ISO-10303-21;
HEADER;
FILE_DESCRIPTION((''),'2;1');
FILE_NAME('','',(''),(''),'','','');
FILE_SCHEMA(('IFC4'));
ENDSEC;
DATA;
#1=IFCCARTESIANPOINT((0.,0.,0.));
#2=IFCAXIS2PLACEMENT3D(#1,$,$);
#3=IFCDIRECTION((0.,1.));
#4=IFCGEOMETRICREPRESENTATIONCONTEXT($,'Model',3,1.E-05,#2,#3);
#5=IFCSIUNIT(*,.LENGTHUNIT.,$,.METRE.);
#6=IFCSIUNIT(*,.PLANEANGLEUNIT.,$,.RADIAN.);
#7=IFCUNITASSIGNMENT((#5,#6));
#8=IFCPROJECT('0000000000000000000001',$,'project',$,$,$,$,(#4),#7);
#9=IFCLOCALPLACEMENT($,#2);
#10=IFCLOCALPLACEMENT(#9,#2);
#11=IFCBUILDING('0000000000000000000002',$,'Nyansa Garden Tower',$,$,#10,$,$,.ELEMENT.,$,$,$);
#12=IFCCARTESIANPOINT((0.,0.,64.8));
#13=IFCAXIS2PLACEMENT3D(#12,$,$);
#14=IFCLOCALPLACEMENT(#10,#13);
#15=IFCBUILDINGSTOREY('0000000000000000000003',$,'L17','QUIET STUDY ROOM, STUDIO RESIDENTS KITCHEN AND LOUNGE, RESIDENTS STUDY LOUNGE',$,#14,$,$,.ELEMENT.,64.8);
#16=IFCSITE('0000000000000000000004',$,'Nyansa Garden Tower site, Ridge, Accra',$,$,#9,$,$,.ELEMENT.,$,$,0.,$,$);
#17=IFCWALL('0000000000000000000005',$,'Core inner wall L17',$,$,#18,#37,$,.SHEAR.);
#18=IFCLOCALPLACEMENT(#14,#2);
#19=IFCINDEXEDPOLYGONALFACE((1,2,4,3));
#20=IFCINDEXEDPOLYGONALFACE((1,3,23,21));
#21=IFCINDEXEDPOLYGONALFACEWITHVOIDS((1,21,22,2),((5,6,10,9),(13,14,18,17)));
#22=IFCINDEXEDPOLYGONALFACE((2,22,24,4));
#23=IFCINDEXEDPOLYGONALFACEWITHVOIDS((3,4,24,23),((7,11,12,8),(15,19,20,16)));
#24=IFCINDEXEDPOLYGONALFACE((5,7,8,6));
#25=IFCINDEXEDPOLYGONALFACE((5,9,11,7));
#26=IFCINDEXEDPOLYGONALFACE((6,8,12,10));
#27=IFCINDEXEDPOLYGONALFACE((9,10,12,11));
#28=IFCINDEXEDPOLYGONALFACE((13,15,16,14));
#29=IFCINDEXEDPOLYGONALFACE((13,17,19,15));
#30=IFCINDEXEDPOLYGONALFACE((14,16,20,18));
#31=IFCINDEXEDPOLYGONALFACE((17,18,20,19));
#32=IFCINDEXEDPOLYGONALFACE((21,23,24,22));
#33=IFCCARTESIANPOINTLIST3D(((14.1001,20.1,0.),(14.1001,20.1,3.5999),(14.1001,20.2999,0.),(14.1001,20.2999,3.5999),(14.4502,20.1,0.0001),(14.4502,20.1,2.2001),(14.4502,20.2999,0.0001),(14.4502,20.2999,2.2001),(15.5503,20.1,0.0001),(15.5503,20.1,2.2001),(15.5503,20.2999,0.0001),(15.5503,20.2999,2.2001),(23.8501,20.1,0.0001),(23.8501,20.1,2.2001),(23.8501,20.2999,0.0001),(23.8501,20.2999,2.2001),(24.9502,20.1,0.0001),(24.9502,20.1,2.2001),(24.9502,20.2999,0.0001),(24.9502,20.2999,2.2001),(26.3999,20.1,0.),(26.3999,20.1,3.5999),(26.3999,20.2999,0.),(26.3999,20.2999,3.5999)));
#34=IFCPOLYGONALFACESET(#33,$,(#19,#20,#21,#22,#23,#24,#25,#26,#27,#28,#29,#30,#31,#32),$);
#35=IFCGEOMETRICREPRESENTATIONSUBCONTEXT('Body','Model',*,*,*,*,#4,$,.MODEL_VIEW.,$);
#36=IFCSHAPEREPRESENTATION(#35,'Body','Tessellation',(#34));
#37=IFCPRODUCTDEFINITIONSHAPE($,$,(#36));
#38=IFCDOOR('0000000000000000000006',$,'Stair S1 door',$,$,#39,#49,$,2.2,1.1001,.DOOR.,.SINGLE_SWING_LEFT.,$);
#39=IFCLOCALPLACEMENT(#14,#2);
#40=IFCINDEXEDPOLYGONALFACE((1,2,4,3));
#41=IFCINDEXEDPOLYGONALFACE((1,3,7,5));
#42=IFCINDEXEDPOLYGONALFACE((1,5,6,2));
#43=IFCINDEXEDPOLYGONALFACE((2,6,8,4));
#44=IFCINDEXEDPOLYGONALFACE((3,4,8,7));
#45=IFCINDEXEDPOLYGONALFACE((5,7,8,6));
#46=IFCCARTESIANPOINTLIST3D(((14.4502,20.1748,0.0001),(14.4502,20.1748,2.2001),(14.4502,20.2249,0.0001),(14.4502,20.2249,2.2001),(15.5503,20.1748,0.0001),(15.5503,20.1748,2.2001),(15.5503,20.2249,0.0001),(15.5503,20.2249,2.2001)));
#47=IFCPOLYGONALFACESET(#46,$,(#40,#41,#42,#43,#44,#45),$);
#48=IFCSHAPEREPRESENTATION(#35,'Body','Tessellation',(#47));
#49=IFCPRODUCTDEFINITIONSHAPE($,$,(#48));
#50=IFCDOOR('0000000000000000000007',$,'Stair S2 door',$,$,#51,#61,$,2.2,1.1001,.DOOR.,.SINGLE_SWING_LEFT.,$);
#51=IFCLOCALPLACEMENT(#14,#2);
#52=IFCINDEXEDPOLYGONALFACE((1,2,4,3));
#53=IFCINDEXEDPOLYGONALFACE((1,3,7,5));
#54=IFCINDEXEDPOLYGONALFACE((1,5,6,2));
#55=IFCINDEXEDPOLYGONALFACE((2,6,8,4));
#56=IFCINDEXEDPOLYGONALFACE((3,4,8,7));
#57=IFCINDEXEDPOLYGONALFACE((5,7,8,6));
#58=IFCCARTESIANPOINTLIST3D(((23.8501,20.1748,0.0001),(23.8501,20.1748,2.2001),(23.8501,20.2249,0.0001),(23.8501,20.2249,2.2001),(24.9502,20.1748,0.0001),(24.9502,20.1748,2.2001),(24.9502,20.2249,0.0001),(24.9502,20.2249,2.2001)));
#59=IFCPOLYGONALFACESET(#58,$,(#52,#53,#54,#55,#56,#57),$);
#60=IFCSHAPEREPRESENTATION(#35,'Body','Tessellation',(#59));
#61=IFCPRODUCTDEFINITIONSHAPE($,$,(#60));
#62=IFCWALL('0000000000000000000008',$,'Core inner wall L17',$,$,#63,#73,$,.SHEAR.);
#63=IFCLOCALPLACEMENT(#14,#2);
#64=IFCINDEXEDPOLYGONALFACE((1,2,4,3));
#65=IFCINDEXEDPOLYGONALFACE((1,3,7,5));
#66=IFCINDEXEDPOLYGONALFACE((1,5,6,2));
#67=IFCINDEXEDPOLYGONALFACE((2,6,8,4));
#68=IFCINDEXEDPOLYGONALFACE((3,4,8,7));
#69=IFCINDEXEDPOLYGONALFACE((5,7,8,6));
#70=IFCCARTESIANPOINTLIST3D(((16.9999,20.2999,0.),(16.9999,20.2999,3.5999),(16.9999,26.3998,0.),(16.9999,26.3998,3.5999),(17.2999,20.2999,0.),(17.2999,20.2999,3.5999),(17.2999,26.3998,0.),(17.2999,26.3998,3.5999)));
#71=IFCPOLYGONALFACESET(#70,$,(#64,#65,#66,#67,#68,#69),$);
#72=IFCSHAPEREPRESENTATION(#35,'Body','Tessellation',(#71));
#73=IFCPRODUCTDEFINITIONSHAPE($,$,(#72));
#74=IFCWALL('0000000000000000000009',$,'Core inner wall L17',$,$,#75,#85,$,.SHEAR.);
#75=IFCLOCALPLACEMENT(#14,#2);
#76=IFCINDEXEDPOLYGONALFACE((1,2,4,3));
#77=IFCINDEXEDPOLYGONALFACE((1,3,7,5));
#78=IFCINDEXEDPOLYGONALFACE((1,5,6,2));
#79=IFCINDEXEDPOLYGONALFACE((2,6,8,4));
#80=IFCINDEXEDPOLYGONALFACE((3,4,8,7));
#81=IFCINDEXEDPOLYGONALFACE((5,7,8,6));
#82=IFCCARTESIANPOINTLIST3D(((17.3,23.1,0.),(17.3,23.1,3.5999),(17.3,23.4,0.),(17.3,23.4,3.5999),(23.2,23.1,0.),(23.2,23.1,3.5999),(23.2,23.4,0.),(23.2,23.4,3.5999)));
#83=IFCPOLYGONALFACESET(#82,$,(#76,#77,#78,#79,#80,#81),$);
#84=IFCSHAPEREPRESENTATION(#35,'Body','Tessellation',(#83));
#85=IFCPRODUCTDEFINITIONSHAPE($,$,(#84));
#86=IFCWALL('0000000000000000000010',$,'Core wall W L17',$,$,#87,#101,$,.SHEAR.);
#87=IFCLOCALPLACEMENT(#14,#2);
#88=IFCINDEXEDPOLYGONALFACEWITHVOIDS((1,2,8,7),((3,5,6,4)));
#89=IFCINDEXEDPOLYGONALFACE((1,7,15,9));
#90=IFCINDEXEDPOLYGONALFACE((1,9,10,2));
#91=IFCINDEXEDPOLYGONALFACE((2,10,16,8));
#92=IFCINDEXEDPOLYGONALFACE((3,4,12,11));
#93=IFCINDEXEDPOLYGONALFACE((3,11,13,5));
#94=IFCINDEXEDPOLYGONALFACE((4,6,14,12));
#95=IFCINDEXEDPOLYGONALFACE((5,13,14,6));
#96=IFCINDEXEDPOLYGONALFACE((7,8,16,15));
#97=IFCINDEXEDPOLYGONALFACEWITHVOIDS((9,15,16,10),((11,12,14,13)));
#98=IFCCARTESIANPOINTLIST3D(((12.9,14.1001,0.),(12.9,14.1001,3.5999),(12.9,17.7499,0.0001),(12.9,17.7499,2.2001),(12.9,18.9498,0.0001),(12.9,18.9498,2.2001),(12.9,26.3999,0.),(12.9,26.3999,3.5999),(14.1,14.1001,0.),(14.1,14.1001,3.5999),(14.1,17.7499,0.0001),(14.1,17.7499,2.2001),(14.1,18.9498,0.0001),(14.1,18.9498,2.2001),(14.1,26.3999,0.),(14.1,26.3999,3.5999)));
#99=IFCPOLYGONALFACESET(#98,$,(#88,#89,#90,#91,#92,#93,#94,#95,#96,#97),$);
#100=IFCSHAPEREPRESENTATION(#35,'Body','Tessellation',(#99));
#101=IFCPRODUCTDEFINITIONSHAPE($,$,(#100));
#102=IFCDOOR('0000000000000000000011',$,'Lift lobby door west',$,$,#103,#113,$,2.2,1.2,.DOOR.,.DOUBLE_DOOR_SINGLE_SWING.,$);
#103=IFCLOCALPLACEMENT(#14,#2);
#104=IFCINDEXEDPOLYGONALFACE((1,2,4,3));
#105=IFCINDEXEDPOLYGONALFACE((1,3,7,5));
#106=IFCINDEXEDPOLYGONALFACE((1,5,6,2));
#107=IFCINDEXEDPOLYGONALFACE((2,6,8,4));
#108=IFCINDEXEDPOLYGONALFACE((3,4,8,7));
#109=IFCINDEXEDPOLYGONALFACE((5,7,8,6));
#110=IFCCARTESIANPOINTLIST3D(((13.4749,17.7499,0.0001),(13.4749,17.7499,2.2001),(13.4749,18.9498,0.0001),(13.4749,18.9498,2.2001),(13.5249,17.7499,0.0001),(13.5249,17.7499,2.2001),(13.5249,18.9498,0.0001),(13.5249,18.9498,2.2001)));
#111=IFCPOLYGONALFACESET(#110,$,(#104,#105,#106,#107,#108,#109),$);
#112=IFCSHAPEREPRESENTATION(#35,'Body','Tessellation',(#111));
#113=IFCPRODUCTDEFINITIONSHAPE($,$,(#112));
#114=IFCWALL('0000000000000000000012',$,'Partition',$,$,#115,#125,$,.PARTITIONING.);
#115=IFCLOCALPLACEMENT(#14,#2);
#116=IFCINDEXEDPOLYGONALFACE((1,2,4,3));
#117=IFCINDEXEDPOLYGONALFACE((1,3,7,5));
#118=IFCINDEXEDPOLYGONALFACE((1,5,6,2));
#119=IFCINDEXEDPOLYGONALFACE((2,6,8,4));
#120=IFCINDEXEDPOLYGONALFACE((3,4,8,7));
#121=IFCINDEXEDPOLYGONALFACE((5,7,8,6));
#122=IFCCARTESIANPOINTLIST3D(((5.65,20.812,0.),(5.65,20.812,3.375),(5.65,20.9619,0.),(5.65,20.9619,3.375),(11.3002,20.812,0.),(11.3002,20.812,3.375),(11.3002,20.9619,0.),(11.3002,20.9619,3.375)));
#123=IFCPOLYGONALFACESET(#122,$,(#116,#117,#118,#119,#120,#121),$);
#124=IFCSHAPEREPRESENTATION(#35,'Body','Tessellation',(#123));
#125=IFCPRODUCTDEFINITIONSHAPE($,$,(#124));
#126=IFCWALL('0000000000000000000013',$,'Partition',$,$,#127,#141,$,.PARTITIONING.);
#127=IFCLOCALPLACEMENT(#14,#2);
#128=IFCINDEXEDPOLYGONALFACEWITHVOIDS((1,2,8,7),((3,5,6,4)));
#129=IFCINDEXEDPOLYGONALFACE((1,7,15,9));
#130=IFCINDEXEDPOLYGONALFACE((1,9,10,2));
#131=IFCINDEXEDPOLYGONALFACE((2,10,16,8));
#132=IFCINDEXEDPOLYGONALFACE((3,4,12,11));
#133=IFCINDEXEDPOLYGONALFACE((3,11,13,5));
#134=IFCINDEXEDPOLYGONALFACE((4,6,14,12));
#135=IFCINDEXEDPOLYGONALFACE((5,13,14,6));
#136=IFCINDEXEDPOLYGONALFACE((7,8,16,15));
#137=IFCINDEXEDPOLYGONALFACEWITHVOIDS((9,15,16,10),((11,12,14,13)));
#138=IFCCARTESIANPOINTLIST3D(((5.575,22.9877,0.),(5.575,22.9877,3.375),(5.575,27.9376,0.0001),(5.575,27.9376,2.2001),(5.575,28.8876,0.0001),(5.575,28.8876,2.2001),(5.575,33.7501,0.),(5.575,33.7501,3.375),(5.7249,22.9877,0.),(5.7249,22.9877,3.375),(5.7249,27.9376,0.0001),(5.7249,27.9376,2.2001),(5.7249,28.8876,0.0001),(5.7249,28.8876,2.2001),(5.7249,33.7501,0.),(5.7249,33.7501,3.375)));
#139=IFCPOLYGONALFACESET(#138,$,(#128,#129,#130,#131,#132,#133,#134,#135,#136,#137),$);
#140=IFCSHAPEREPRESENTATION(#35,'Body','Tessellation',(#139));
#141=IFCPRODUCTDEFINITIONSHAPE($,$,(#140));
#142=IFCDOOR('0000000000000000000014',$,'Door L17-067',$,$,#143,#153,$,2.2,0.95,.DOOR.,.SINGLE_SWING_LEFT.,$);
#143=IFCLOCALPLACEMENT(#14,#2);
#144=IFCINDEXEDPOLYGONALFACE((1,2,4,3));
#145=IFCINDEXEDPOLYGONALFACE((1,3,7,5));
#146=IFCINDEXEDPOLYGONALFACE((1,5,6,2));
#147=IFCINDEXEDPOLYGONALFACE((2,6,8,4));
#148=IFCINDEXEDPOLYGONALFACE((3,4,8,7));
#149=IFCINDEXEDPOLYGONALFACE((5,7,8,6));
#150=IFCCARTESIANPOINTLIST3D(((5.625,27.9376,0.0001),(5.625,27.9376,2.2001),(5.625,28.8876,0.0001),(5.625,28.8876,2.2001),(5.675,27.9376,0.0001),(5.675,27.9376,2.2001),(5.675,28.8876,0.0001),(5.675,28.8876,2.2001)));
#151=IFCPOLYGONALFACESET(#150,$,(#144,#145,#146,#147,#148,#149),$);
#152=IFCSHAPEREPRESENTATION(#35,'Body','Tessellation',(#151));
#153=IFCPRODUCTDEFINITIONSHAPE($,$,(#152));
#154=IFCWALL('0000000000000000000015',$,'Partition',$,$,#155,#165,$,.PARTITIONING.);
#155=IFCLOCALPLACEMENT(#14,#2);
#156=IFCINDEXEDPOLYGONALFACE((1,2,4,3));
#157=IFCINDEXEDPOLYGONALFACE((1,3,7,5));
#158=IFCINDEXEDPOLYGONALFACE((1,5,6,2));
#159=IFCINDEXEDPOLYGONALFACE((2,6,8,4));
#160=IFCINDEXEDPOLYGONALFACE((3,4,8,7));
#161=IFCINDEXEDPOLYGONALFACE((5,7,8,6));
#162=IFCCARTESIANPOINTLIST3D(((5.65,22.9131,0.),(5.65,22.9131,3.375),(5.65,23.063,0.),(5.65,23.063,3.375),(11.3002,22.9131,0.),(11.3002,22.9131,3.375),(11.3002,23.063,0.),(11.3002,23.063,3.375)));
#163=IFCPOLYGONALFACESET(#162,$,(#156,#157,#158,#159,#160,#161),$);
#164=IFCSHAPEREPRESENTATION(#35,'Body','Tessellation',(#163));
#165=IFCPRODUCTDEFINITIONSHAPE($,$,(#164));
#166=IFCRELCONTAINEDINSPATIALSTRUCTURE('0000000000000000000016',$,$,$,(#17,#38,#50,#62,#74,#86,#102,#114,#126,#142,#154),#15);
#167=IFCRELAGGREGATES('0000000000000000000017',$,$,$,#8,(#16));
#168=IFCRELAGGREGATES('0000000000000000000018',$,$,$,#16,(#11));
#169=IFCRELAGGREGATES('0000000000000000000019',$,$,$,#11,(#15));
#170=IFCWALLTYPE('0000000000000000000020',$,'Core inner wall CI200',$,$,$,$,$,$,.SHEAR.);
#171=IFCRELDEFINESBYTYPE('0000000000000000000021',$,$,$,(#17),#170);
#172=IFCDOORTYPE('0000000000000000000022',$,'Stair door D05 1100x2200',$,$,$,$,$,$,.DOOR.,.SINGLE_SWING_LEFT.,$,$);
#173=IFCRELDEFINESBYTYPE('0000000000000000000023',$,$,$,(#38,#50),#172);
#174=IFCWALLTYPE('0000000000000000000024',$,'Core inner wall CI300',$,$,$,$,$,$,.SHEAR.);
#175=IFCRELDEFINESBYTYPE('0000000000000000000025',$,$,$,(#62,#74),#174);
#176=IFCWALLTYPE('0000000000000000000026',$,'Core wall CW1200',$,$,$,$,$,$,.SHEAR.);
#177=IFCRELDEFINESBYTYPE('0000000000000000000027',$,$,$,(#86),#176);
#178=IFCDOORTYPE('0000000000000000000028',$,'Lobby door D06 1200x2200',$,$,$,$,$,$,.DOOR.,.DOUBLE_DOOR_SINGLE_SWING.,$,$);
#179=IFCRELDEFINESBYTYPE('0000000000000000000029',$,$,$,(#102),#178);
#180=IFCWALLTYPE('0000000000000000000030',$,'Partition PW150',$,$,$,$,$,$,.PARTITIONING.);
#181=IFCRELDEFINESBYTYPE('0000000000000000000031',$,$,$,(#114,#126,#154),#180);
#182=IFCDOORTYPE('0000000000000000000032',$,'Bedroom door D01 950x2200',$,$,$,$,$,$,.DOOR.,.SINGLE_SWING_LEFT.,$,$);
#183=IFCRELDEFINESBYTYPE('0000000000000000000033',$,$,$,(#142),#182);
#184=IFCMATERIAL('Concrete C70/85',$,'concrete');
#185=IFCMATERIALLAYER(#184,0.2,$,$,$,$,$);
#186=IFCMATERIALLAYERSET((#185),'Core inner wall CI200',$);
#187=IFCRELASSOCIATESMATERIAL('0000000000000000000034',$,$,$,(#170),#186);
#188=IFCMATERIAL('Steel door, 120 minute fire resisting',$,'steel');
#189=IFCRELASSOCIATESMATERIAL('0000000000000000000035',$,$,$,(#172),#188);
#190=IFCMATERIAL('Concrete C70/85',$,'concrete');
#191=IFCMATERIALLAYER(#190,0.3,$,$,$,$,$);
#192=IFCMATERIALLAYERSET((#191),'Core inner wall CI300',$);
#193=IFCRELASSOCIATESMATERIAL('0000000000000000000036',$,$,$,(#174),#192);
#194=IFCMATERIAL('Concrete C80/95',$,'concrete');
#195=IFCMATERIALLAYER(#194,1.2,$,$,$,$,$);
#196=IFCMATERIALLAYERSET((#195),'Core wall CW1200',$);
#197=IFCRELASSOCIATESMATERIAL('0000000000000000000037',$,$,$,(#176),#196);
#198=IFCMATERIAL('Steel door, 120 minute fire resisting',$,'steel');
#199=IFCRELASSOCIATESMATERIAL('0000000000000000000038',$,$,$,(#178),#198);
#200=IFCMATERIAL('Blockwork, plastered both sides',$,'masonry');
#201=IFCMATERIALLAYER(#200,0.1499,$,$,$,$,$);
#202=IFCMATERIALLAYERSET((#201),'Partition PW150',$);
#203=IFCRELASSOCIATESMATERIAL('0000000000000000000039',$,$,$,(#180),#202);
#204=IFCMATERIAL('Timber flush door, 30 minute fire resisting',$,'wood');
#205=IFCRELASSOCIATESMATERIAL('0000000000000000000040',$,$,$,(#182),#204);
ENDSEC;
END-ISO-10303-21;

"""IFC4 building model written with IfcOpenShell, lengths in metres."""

from ifc_helpers import new_model, si_unit, direction, frame, frame_2d, origin, place, context, subcontext, project, spatial, rectangle, extrude, material, layer, layer_set, type_object, element, fill, save


model = new_model("IFC4")

# Units and contexts
model_context = context("Model", 3, precision=1e-05, world=origin(), true_north=direction((0.0, 1.0)))
body_context = subcontext(model_context, "Body", "Model", "MODEL_VIEW")
ifc_project = project(units=[si_unit("LENGTHUNIT", "METRE"), si_unit("PLANEANGLEUNIT", "RADIAN")], contexts=[model_context])

# Site, building, storey
site_placement = place(None, origin())
site = spatial("IfcSite", under=ifc_project, at=site_placement, Name="Nyansa Garden Tower site, Ridge, Accra", CompositionType="ELEMENT", RefElevation=0.0)
building_placement = place(site_placement, origin())
building = spatial("IfcBuilding", under=site, at=building_placement, Name="Nyansa Garden Tower", CompositionType="ELEMENT")
storey_placement = place(building_placement, frame((0.0, 0.0, 64.8)))
storey = spatial("IfcBuildingStorey", under=building, at=storey_placement, Name="L17", Description="QUIET STUDY ROOM, STUDIO RESIDENTS KITCHEN AND LOUNGE, RESIDENTS STUDY LOUNGE", CompositionType="ELEMENT", Elevation=64.8)

# Wall, openings, doors
ifc_material_1 = material(Name="Concrete C70/85", Category="concrete")
ifc_layer_1 = layer(ifc_material_1, 0.2)
ifc_layer_set_1 = layer_set([ifc_layer_1], Name="Core inner wall CI200")
wall_type_1 = type_object("IfcWallType", Name="Core inner wall CI200", PredefinedType="SHEAR", material=ifc_layer_set_1)
wall_1_placement = place(storey_placement, frame((14.1001, 20.2, 0.0), z_axis=(0.0, 0.0, 1.0), x_axis=(1.0, 0.0, 0.0)))
wall_1 = element("IfcWall", 1, at=wall_1_placement, inside=storey, type_object=wall_type_1, Name="Core inner wall L17", PredefinedType="SHEAR", context=body_context, shape_type="SweptSolid", body=[
    extrude(rectangle(XDim=12.2998, YDim=0.2, at=frame_2d((6.1499, 0.0))), origin(), (0.0, 0.0, 1.0), 3.5999),
])
opening_1_placement = place(wall_1_placement, frame((0.3501, 0.0, 0.0)))
opening_1 = element("IfcOpeningElement", 2, at=opening_1_placement, cuts=wall_1, PredefinedType="OPENING", context=body_context, shape_type="SweptSolid", body=[
    extrude(rectangle(XDim=1.1001, YDim=2.2, at=frame_2d((0.55, 1.1001))), frame((0.0, 0.1099, 0.0), z_axis=(0.0, -1.0, 0.0), x_axis=(1.0, 0.0, 0.0)), (0.0, 0.0, 1.0), 0.22),
])
opening_2_placement = place(wall_1_placement, frame((9.75, 0.0, 0.0)))
opening_2 = element("IfcOpeningElement", 3, at=opening_2_placement, cuts=wall_1, PredefinedType="OPENING", context=body_context, shape_type="SweptSolid", body=[
    extrude(rectangle(XDim=1.1001, YDim=2.2, at=frame_2d((0.55, 1.1001))), frame((0.0, 0.1099, 0.0), z_axis=(0.0, -1.0, 0.0), x_axis=(1.0, 0.0, 0.0)), (0.0, 0.0, 1.0), 0.22),
])
ifc_material_2 = material(Name="Steel door, 120 minute fire resisting", Category="steel")
door_type_1 = type_object("IfcDoorType", Name="Stair door D05 1100x2200", OperationType="SINGLE_SWING_LEFT", PredefinedType="DOOR", material=ifc_material_2)
door_1_placement = place(opening_1_placement, origin())
door_1 = element("IfcDoor", 4, at=door_1_placement, inside=storey, type_object=door_type_1, Name="Stair S1 door", OperationType="SINGLE_SWING_LEFT", OverallHeight=2.2, OverallWidth=1.1001, PredefinedType="DOOR", context=body_context, shape_type="SweptSolid", body=[
    extrude(rectangle(XDim=1.1001, YDim=2.2, at=frame_2d((0.55, 1.1001))), frame((0.0, 0.0249, 0.0), z_axis=(0.0, -1.0, 0.0), x_axis=(1.0, 0.0, 0.0)), (0.0, 0.0, 1.0), 0.05),
])
fill(opening_1, door_1)
door_2_placement = place(opening_2_placement, origin())
door_2 = element("IfcDoor", 5, at=door_2_placement, inside=storey, type_object=door_type_1, Name="Stair S2 door", OperationType="SINGLE_SWING_LEFT", OverallHeight=2.2, OverallWidth=1.1001, PredefinedType="DOOR", context=body_context, shape_type="SweptSolid", body=[
    extrude(rectangle(XDim=1.1001, YDim=2.2, at=frame_2d((0.55, 1.1001))), frame((0.0, 0.0249, 0.0), z_axis=(0.0, -1.0, 0.0), x_axis=(1.0, 0.0, 0.0)), (0.0, 0.0, 1.0), 0.05),
])
fill(opening_2, door_2)

# Walls
ifc_material_3 = material(Name="Concrete C70/85", Category="concrete")
ifc_layer_2 = layer(ifc_material_3, 0.3)
ifc_layer_set_2 = layer_set([ifc_layer_2], Name="Core inner wall CI300")
wall_type_2 = type_object("IfcWallType", Name="Core inner wall CI300", PredefinedType="SHEAR", material=ifc_layer_set_2)
wall_2_placement = place(storey_placement, frame((17.1499, 20.3, 0.0), z_axis=(0.0, 0.0, 1.0), x_axis=(0.0, 1.0, 0.0)))
element("IfcWall", 6, at=wall_2_placement, inside=storey, type_object=wall_type_2, Name="Core inner wall L17", PredefinedType="SHEAR", context=body_context, shape_type="SweptSolid", body=[
    extrude(rectangle(XDim=6.0999, YDim=0.3, at=frame_2d((3.0498, 0.0))), origin(), (0.0, 0.0, 1.0), 3.5999),
])
wall_3_placement = place(storey_placement, frame((17.3, 23.25, 0.0), z_axis=(0.0, 0.0, 1.0), x_axis=(1.0, 0.0, 0.0)))
element("IfcWall", 7, at=wall_3_placement, inside=storey, type_object=wall_type_2, Name="Core inner wall L17", PredefinedType="SHEAR", context=body_context, shape_type="SweptSolid", body=[
    extrude(rectangle(XDim=5.8999, YDim=0.3, at=frame_2d((2.95, 0.0))), origin(), (0.0, 0.0, 1.0), 3.5999),
])

# Wall, opening, door
ifc_material_4 = material(Name="Concrete C80/95", Category="concrete")
ifc_layer_3 = layer(ifc_material_4, 1.2)
ifc_layer_set_3 = layer_set([ifc_layer_3], Name="Core wall CW1200")
wall_type_3 = type_object("IfcWallType", Name="Core wall CW1200", PredefinedType="SHEAR", material=ifc_layer_set_3)
wall_4_placement = place(storey_placement, frame((13.5, 26.3999, 0.0), z_axis=(0.0, 0.0, 1.0), x_axis=(0.0, -1.0, 0.0)))
wall_4 = element("IfcWall", 8, at=wall_4_placement, inside=storey, type_object=wall_type_3, Name="Core wall W L17", PredefinedType="SHEAR", context=body_context, shape_type="SweptSolid", body=[
    extrude(rectangle(XDim=12.2998, YDim=1.2, at=frame_2d((6.1499, 0.0))), origin(), (0.0, 0.0, 1.0), 3.5999),
])
opening_3_placement = place(wall_4_placement, frame((7.45, 0.0, 0.0)))
opening_3 = element("IfcOpeningElement", 9, at=opening_3_placement, cuts=wall_4, PredefinedType="OPENING", context=body_context, shape_type="SweptSolid", body=[
    extrude(rectangle(XDim=1.2, YDim=2.2, at=frame_2d((0.6001, 1.1001))), frame((0.0, 0.6099, 0.0), z_axis=(0.0, -1.0, 0.0), x_axis=(1.0, 0.0, 0.0)), (0.0, 0.0, 1.0), 1.22),
])
ifc_material_5 = material(Name="Steel door, 120 minute fire resisting", Category="steel")
door_type_2 = type_object("IfcDoorType", Name="Lobby door D06 1200x2200", OperationType="DOUBLE_DOOR_SINGLE_SWING", PredefinedType="DOOR", material=ifc_material_5)
door_3_placement = place(opening_3_placement, origin())
door_3 = element("IfcDoor", 10, at=door_3_placement, inside=storey, type_object=door_type_2, Name="Lift lobby door west", OperationType="DOUBLE_DOOR_SINGLE_SWING", OverallHeight=2.2, OverallWidth=1.2, PredefinedType="DOOR", context=body_context, shape_type="SweptSolid", body=[
    extrude(rectangle(XDim=1.2, YDim=2.2, at=frame_2d((0.6001, 1.1001))), frame((0.0, 0.0249, 0.0), z_axis=(0.0, -1.0, 0.0), x_axis=(1.0, 0.0, 0.0)), (0.0, 0.0, 1.0), 0.05),
])
fill(opening_3, door_3)

# Wall
ifc_material_6 = material(Name="Blockwork, plastered both sides", Category="masonry")
ifc_layer_4 = layer(ifc_material_6, 0.1499)
ifc_layer_set_4 = layer_set([ifc_layer_4], Name="Partition PW150")
wall_type_4 = type_object("IfcWallType", Name="Partition PW150", PredefinedType="PARTITIONING", material=ifc_layer_set_4)
wall_5_placement = place(storey_placement, frame((5.6499, 20.887, 0.0), z_axis=(0.0, 0.0, 1.0), x_axis=(1.0, 0.0, 0.0)))
element("IfcWall", 11, at=wall_5_placement, inside=storey, type_object=wall_type_4, Name="Partition", PredefinedType="PARTITIONING", context=body_context, shape_type="SweptSolid", body=[
    extrude(rectangle(XDim=5.6501, YDim=0.1499, at=frame_2d((2.8252, 0.0))), origin(), (0.0, 0.0, 1.0), 3.375),
])

# Wall, opening, door
wall_6_placement = place(storey_placement, frame((5.6499, 22.9875, 0.0), z_axis=(0.0, 0.0, 1.0), x_axis=(0.0, 1.0, 0.0)))
wall_6 = element("IfcWall", 12, at=wall_6_placement, inside=storey, type_object=wall_type_4, Name="Partition", PredefinedType="PARTITIONING", context=body_context, shape_type="SweptSolid", body=[
    extrude(rectangle(XDim=10.7625, YDim=0.1499, at=frame_2d((5.3813, 0.0))), origin(), (0.0, 0.0, 1.0), 3.375),
])
opening_4_placement = place(wall_6_placement, frame((4.95, 0.0, 0.0)))
opening_4 = element("IfcOpeningElement", 13, at=opening_4_placement, cuts=wall_6, PredefinedType="OPENING", context=body_context, shape_type="SweptSolid", body=[
    extrude(rectangle(XDim=0.95, YDim=2.2, at=frame_2d((0.4751, 1.1001))), frame((0.0, 0.085, 0.0), z_axis=(0.0, -1.0, 0.0), x_axis=(1.0, 0.0, 0.0)), (0.0, 0.0, 1.0), 0.1699),
])
ifc_material_7 = material(Name="Timber flush door, 30 minute fire resisting", Category="wood")
door_type_3 = type_object("IfcDoorType", Name="Bedroom door D01 950x2200", OperationType="SINGLE_SWING_LEFT", PredefinedType="DOOR", material=ifc_material_7)
door_4_placement = place(opening_4_placement, origin())
door_4 = element("IfcDoor", 14, at=door_4_placement, inside=storey, type_object=door_type_3, Name="Door L17-067", OperationType="SINGLE_SWING_LEFT", OverallHeight=2.2, OverallWidth=0.95, PredefinedType="DOOR", context=body_context, shape_type="SweptSolid", body=[
    extrude(rectangle(XDim=0.95, YDim=2.2, at=frame_2d((0.4751, 1.1001))), frame((0.0, 0.0249, 0.0), z_axis=(0.0, -1.0, 0.0), x_axis=(1.0, 0.0, 0.0)), (0.0, 0.0, 1.0), 0.05),
])
fill(opening_4, door_4)

# Wall
wall_7_placement = place(storey_placement, frame((5.6499, 22.988, 0.0), z_axis=(0.0, 0.0, 1.0), x_axis=(1.0, 0.0, 0.0)))
element("IfcWall", 15, at=wall_7_placement, inside=storey, type_object=wall_type_4, Name="Partition", PredefinedType="PARTITIONING", context=body_context, shape_type="SweptSolid", body=[
    extrude(rectangle(XDim=5.6501, YDim=0.1499, at=frame_2d((2.8252, 0.0))), origin(), (0.0, 0.0, 1.0), 3.375),
])

save(model, "model.ifc")
